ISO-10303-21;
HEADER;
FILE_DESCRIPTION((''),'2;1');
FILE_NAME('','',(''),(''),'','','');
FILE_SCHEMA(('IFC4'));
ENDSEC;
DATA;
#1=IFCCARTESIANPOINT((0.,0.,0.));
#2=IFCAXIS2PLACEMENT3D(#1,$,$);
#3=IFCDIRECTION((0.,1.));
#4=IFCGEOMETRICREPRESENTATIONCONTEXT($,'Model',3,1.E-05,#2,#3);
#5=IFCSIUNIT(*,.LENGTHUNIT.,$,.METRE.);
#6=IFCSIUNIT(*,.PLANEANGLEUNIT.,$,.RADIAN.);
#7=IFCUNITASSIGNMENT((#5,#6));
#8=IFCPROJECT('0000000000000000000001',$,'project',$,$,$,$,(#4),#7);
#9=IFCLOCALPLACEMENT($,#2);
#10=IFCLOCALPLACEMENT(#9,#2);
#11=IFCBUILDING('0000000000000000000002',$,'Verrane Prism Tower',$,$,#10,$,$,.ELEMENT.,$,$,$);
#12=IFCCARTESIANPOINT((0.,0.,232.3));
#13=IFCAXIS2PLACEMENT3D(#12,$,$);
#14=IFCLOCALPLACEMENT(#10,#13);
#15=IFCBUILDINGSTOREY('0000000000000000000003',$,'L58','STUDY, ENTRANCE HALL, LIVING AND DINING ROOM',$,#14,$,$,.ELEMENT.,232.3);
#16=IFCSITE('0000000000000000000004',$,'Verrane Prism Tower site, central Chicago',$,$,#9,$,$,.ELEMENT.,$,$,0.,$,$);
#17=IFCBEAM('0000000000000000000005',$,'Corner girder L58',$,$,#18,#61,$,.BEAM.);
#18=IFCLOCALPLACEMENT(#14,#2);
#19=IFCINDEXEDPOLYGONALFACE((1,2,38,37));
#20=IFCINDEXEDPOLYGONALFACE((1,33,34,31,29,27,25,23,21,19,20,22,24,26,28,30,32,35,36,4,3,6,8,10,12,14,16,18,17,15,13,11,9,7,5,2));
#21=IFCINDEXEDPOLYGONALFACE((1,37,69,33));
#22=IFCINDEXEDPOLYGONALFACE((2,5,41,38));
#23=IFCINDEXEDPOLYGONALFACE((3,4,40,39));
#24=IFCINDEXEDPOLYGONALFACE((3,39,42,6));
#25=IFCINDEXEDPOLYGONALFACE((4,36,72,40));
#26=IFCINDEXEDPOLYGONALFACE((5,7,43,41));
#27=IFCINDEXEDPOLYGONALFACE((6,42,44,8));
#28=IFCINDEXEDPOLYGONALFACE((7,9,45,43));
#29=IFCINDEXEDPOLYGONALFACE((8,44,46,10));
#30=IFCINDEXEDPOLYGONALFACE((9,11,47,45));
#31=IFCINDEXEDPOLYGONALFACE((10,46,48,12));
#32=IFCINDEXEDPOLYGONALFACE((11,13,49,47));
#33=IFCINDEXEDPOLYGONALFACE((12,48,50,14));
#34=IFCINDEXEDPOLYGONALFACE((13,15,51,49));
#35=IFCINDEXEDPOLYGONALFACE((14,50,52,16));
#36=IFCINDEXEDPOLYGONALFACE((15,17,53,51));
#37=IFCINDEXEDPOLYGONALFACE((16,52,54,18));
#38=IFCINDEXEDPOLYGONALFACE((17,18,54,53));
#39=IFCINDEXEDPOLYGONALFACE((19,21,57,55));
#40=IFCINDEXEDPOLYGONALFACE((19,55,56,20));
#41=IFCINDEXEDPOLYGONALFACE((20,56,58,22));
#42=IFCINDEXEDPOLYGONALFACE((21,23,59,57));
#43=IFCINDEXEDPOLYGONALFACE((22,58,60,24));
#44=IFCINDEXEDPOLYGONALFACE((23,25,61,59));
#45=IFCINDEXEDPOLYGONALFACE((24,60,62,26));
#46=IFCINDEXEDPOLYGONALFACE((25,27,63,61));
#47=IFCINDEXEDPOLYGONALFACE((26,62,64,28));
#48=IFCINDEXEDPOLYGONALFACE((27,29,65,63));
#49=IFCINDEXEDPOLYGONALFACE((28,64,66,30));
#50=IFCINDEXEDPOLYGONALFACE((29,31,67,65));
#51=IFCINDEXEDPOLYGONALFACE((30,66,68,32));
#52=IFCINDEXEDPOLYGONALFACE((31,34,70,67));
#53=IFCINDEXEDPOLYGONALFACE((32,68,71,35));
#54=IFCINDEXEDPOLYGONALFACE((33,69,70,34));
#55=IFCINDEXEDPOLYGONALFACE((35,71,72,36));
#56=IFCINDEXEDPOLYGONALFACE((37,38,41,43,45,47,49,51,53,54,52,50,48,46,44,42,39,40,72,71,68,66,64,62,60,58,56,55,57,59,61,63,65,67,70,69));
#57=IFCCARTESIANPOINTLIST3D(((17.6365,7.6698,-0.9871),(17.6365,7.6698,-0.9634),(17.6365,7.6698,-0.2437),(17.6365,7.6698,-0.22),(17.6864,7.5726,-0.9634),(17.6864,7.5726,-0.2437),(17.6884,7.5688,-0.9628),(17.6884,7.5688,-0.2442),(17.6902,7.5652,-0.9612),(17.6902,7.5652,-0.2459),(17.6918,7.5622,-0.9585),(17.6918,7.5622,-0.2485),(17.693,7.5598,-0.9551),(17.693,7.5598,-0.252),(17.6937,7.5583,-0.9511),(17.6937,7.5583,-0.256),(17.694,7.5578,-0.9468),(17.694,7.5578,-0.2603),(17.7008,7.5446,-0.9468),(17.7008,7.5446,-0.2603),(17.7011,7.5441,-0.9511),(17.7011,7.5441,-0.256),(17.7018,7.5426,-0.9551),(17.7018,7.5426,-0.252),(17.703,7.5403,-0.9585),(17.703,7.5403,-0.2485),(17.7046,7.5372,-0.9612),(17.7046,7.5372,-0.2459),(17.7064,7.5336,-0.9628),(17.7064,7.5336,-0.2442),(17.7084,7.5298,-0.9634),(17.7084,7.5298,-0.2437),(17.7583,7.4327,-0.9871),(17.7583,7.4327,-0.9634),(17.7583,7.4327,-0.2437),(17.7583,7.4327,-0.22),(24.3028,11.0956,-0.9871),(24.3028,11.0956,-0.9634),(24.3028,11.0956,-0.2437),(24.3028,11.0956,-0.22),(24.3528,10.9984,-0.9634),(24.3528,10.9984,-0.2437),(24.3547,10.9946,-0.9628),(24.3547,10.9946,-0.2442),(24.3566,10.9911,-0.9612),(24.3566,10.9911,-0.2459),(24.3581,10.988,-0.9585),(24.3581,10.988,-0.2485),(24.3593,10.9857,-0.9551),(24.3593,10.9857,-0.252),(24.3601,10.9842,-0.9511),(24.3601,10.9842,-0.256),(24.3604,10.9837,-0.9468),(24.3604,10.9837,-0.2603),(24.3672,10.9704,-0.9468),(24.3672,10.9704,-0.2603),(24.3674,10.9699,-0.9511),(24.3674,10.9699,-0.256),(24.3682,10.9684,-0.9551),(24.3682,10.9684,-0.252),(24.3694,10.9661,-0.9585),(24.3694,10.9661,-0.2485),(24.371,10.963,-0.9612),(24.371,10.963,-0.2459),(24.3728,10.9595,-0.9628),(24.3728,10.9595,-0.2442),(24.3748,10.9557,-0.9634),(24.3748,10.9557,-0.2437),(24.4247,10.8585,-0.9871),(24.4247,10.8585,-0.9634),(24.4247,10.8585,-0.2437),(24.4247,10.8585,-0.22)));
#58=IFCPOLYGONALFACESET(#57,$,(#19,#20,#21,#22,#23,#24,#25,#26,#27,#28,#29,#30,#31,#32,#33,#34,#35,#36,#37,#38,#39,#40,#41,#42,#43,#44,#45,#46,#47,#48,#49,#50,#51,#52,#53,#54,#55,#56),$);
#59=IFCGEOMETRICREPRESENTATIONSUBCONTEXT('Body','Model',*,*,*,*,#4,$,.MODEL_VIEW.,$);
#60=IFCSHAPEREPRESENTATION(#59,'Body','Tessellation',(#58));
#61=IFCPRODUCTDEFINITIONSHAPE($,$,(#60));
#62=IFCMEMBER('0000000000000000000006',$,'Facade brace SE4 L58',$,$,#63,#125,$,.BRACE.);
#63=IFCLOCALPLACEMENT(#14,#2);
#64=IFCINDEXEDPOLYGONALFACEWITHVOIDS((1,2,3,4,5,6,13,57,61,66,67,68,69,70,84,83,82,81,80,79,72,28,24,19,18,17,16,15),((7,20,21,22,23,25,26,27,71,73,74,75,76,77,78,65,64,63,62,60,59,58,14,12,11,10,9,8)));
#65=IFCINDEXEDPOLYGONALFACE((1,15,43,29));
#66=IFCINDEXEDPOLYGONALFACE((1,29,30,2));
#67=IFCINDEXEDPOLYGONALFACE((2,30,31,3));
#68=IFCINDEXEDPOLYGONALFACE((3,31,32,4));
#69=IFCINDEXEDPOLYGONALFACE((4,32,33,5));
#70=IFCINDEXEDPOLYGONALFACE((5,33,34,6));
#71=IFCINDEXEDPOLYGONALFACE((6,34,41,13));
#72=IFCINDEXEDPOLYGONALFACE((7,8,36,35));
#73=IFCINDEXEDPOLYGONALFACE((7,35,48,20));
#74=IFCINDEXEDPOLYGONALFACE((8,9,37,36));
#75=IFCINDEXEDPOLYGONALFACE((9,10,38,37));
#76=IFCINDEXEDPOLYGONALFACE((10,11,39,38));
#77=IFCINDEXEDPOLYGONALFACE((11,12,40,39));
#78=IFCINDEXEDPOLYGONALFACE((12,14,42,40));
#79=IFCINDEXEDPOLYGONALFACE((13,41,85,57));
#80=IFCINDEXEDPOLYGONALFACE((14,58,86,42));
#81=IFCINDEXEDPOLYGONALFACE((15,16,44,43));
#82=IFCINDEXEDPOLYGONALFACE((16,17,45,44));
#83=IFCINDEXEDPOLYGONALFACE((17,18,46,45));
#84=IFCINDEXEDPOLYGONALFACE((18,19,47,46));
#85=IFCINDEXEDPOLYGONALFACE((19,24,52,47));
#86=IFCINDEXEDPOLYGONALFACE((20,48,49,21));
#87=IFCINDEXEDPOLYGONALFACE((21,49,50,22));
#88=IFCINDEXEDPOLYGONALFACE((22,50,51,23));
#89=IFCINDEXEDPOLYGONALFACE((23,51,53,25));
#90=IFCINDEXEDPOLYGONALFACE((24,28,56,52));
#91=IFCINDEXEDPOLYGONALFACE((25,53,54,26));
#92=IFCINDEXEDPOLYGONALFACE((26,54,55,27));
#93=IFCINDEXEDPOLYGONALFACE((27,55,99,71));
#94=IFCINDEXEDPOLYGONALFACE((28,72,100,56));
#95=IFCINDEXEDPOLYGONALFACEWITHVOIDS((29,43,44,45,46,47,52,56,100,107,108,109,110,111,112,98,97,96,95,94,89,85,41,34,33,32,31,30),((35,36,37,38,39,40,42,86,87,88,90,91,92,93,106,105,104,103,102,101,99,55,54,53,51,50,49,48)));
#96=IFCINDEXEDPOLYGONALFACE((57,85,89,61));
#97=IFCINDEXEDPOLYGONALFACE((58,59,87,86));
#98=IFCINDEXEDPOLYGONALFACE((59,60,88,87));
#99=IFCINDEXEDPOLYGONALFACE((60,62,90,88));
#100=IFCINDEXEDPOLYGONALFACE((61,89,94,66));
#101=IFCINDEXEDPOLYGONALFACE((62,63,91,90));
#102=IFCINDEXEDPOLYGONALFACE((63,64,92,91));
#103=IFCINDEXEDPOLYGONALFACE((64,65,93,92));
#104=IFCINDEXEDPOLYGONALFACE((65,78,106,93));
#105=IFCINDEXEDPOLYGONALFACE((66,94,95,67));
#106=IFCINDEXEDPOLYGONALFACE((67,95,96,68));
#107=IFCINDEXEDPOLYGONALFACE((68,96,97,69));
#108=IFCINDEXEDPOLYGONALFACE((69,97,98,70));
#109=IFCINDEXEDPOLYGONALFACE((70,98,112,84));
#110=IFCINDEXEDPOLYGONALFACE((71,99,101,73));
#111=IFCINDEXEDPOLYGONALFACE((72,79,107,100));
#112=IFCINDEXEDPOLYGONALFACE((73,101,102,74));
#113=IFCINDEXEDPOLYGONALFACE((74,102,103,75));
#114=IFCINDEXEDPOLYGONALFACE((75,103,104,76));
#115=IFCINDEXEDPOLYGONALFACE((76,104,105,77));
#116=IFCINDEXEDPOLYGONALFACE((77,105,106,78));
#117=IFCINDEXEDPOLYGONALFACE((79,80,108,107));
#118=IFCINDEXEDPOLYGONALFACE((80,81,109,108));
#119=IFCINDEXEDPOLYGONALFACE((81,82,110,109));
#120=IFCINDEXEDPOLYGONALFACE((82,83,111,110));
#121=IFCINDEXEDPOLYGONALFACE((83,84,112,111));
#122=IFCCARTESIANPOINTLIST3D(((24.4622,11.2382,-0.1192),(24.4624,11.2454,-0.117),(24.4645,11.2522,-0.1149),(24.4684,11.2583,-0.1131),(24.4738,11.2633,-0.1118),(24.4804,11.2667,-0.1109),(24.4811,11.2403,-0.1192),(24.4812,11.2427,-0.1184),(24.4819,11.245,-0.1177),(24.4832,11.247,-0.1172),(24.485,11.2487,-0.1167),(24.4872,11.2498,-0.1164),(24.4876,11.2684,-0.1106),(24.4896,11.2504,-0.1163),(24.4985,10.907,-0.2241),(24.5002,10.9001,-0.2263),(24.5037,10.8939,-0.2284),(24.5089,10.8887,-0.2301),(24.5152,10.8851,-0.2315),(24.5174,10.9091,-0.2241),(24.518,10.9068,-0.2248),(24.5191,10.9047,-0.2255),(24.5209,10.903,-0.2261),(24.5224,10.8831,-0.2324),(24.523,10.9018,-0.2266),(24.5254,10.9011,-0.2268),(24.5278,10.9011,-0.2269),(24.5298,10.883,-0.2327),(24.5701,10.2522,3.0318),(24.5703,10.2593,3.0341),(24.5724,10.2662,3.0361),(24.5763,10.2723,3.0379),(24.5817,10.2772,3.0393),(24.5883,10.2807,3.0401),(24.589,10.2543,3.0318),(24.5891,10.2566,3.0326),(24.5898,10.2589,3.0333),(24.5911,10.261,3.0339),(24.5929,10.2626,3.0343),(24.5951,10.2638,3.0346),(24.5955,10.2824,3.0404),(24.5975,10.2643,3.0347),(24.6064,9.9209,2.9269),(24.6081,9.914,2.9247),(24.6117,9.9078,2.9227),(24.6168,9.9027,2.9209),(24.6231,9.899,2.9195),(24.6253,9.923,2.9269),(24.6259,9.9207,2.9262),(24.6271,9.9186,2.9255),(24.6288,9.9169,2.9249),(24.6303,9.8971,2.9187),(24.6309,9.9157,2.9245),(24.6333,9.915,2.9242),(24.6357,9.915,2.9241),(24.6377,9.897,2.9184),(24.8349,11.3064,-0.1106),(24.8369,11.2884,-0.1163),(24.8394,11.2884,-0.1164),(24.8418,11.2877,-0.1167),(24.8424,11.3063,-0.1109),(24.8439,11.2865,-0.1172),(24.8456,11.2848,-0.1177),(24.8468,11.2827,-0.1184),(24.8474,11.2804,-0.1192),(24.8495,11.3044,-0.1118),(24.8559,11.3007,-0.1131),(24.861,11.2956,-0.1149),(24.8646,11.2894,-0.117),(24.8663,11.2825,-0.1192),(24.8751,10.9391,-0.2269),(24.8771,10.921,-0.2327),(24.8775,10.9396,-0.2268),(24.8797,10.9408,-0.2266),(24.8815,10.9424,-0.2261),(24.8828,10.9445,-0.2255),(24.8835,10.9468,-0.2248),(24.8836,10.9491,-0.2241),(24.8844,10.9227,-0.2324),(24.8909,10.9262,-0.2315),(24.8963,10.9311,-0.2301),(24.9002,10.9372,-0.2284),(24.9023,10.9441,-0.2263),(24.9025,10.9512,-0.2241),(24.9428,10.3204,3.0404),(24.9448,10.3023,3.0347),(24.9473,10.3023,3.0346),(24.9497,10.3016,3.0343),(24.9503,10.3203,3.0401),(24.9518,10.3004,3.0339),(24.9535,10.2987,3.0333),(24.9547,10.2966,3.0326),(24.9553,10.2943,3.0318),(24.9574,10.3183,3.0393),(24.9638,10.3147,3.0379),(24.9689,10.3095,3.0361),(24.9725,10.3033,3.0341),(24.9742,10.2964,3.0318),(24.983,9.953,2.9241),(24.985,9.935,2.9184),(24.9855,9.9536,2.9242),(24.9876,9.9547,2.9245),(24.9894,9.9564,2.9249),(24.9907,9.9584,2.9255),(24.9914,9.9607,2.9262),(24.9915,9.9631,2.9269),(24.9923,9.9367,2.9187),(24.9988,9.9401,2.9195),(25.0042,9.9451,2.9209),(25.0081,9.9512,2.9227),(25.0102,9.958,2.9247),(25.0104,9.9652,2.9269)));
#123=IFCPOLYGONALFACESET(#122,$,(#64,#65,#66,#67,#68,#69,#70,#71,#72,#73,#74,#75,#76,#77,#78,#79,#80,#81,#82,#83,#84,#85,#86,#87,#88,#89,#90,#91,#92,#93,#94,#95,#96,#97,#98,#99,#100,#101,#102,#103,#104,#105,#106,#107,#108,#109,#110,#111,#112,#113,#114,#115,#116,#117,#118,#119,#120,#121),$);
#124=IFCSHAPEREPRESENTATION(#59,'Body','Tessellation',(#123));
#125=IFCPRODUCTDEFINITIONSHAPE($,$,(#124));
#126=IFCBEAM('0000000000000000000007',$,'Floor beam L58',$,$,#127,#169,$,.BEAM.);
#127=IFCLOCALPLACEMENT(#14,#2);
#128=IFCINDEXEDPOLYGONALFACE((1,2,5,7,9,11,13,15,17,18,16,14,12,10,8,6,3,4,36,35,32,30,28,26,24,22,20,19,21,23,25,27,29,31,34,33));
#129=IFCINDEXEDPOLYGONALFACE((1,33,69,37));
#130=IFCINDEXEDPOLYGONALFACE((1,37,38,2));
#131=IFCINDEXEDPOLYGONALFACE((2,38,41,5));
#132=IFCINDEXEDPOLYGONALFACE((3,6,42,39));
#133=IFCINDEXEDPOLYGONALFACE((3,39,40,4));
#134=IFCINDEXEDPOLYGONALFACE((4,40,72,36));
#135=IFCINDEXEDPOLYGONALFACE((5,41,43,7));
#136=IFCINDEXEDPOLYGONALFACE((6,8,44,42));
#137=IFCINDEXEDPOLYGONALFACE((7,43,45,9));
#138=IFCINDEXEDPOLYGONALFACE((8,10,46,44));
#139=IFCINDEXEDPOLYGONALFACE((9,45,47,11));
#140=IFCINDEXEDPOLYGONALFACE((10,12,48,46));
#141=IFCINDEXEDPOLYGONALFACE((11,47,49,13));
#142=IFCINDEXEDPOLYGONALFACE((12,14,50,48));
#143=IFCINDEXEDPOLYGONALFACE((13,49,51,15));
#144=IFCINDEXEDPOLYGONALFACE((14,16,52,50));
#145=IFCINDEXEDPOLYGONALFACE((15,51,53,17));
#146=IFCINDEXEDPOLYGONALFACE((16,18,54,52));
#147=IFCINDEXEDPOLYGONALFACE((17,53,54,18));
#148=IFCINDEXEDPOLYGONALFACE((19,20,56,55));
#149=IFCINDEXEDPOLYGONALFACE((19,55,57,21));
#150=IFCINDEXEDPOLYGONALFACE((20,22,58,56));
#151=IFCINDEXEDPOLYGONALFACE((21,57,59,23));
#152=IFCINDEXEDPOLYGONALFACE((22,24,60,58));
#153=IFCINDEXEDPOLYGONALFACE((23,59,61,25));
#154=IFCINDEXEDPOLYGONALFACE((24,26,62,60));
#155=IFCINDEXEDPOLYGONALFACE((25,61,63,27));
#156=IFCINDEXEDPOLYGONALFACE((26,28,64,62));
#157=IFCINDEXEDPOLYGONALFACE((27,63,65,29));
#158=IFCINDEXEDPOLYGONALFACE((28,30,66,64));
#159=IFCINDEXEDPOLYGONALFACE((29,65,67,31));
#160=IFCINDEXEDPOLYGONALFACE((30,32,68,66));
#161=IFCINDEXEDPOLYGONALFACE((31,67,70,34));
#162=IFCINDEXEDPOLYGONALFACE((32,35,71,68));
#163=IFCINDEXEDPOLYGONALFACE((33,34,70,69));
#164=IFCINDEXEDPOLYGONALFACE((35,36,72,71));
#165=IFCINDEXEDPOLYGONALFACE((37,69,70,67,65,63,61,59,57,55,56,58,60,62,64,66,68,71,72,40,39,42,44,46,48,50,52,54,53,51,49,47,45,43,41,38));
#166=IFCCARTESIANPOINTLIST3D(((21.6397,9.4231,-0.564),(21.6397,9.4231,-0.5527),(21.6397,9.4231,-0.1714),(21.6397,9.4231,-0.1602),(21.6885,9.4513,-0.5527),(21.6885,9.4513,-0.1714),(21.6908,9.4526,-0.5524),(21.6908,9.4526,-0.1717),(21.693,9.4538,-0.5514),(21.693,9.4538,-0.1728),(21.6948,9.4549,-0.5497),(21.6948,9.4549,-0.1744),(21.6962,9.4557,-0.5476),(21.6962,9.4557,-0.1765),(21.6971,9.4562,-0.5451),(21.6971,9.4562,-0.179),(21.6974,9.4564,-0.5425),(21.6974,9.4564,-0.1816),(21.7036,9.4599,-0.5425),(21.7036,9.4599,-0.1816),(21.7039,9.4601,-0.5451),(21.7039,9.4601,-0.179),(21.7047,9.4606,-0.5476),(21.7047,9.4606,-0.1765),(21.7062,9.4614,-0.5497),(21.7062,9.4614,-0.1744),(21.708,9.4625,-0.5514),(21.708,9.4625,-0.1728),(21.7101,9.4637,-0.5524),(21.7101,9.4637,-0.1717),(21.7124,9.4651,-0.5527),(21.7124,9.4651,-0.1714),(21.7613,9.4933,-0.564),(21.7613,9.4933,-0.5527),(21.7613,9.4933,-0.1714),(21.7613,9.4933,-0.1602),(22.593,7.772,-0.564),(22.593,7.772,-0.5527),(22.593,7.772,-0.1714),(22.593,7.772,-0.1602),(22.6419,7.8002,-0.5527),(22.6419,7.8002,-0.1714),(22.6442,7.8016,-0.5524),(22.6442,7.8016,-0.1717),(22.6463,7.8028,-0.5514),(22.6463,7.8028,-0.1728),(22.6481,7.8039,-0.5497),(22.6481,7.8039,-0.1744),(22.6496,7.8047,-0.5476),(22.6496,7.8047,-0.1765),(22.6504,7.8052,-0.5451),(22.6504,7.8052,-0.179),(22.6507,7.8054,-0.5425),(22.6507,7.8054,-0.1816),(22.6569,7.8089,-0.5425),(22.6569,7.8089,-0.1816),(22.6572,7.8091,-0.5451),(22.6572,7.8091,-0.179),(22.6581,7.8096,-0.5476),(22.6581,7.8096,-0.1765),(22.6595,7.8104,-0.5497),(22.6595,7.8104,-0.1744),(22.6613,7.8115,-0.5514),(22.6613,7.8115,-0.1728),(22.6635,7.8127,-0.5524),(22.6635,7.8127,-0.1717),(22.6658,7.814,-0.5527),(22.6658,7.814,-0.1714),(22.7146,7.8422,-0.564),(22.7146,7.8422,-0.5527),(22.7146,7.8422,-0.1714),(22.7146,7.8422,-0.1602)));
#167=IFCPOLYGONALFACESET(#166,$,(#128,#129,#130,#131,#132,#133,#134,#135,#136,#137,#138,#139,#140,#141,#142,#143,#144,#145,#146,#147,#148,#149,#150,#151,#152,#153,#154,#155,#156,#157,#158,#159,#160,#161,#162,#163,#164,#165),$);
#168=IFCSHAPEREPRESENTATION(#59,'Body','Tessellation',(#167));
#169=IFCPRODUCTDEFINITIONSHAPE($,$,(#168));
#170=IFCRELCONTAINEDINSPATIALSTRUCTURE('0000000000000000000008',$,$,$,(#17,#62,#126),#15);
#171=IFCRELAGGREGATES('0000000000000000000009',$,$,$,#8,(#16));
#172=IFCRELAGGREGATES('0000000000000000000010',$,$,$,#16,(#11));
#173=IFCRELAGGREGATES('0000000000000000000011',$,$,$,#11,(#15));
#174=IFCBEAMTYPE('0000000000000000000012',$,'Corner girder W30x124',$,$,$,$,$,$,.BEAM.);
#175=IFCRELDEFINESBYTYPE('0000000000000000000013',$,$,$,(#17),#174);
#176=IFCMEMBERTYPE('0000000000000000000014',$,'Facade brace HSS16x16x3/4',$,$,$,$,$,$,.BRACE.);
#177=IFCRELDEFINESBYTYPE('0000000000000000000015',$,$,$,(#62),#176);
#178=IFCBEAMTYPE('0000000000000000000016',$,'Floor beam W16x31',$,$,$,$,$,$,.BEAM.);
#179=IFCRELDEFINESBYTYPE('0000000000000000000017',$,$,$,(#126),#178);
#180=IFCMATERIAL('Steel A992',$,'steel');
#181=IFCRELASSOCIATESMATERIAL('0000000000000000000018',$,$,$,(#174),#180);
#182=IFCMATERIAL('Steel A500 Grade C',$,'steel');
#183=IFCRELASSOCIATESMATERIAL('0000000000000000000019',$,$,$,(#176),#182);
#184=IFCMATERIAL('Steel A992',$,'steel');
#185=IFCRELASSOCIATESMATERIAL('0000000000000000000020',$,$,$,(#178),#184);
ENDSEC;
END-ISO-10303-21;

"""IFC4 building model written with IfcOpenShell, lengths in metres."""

from ifc_helpers import new_model, si_unit, direction, frame, origin, origin_2d, place, context, subcontext, project, spatial, hollow_rectangle, i_section, extrude, material, material_profile, profile_set, type_object, element, save


model = new_model("IFC4")

# Units and contexts
model_context = context("Model", 3, precision=1e-05, world=origin(), true_north=direction((0.0, 1.0)))
body_context = subcontext(model_context, "Body", "Model", "MODEL_VIEW")
ifc_project = project(units=[si_unit("LENGTHUNIT", "METRE"), si_unit("PLANEANGLEUNIT", "RADIAN")], contexts=[model_context])

# Site, building, storey
site_placement = place(None, origin())
site = spatial("IfcSite", under=ifc_project, at=site_placement, Name="Verrane Prism Tower site, central Chicago", CompositionType="ELEMENT", RefElevation=0.0)
building_placement = place(site_placement, origin())
building = spatial("IfcBuilding", under=site, at=building_placement, Name="Verrane Prism Tower", CompositionType="ELEMENT")
storey_placement = place(building_placement, frame((0.0, 0.0, 232.3)))
storey = spatial("IfcBuildingStorey", under=building, at=storey_placement, Name="L58", Description="STUDY, ENTRANCE HALL, LIVING AND DINING ROOM", CompositionType="ELEMENT", Elevation=232.3)

# Beam
ifc_material_1 = material(Name="Steel A992", Category="steel")
ifc_material_profile_1 = material_profile(ifc_material_1, i_section(OverallWidth=0.2666, OverallDepth=0.7671, WebThickness=0.0149, FlangeThickness=0.0237, FilletRadius=0.0166, at=origin_2d()), Name="W30x124")
ifc_profile_set_1 = profile_set([ifc_material_profile_1], Name="Steel A992")
beam_type_1 = type_object("IfcBeamType", Name="Corner girder W30x124", PredefinedType="BEAM", material=ifc_profile_set_1)
beam_1_placement = place(storey_placement, frame((24.3638, 10.9771, -0.6035), z_axis=(-0.889428, -0.457076, 0.0), x_axis=(0.457076, -0.889428, 0.0)))
element("IfcBeam", 1, at=beam_1_placement, inside=storey, type_object=beam_type_1, Name="Corner girder L58", PredefinedType="BEAM", context=body_context, shape_type="SweptSolid", body=[
    extrude(i_section(OverallWidth=0.2666, OverallDepth=0.7671, WebThickness=0.0149, FlangeThickness=0.0237, FilletRadius=0.0166, at=origin_2d()), origin(), (0.0, 0.0, 1.0), 7.4951),
])

# Member
ifc_material_2 = material(Name="Steel A500 Grade C", Category="steel")
ifc_material_profile_2 = material_profile(ifc_material_2, hollow_rectangle(XDim=0.4065, YDim=0.4065, WallThickness=0.019, InnerFilletRadius=0.0095, OuterFilletRadius=0.0286, at=origin_2d()), Name="HSS16x16x3/4")
ifc_profile_set_2 = profile_set([ifc_material_profile_2], Name="Steel A500 Grade C")
member_type_1 = type_object("IfcMemberType", Name="Facade brace HSS16x16x3/4", PredefinedType="BRACE", material=ifc_profile_set_2)
member_1_placement = place(storey_placement, frame((24.6824, 11.0947, -0.1716), z_axis=(0.032665, -0.29849, 0.953854), x_axis=(0.994065, 0.108784, 0.0)))
element("IfcMember", 2, at=member_1_placement, inside=storey, type_object=member_type_1, Name="Facade brace SE4 L58", PredefinedType="BRACE", context=body_context, shape_type="SweptSolid", body=[
    extrude(hollow_rectangle(XDim=0.4065, YDim=0.4065, WallThickness=0.019, InnerFilletRadius=0.0095, OuterFilletRadius=0.0286, at=origin_2d()), origin(), (0.0, 0.0, 1.0), 3.3035),
])

# Beam
ifc_material_3 = material(Name="Steel A992", Category="steel")
ifc_material_profile_3 = material_profile(ifc_material_3, i_section(OverallWidth=0.1404, OverallDepth=0.4038, WebThickness=0.0071, FlangeThickness=0.0112, FilletRadius=0.0103, at=origin_2d()), Name="W16x31")
ifc_profile_set_3 = profile_set([ifc_material_profile_3], Name="Steel A992")
beam_type_2 = type_object("IfcBeamType", Name="Floor beam W16x31", PredefinedType="BEAM", material=ifc_profile_set_3)
beam_2_placement = place(storey_placement, frame((22.6538, 7.8071, -0.3621), z_axis=(-0.500037, 0.866004, 0.0), x_axis=(-0.866004, -0.500037, 0.0)))
element("IfcBeam", 3, at=beam_2_placement, inside=storey, type_object=beam_type_2, Name="Floor beam L58", PredefinedType="BEAM", context=body_context, shape_type="SweptSolid", body=[
    extrude(i_section(OverallWidth=0.1404, OverallDepth=0.4038, WebThickness=0.0071, FlangeThickness=0.0112, FilletRadius=0.0103, at=origin_2d()), origin(), (0.0, 0.0, 1.0), 1.9065),
])

save(model, "model.ifc")
